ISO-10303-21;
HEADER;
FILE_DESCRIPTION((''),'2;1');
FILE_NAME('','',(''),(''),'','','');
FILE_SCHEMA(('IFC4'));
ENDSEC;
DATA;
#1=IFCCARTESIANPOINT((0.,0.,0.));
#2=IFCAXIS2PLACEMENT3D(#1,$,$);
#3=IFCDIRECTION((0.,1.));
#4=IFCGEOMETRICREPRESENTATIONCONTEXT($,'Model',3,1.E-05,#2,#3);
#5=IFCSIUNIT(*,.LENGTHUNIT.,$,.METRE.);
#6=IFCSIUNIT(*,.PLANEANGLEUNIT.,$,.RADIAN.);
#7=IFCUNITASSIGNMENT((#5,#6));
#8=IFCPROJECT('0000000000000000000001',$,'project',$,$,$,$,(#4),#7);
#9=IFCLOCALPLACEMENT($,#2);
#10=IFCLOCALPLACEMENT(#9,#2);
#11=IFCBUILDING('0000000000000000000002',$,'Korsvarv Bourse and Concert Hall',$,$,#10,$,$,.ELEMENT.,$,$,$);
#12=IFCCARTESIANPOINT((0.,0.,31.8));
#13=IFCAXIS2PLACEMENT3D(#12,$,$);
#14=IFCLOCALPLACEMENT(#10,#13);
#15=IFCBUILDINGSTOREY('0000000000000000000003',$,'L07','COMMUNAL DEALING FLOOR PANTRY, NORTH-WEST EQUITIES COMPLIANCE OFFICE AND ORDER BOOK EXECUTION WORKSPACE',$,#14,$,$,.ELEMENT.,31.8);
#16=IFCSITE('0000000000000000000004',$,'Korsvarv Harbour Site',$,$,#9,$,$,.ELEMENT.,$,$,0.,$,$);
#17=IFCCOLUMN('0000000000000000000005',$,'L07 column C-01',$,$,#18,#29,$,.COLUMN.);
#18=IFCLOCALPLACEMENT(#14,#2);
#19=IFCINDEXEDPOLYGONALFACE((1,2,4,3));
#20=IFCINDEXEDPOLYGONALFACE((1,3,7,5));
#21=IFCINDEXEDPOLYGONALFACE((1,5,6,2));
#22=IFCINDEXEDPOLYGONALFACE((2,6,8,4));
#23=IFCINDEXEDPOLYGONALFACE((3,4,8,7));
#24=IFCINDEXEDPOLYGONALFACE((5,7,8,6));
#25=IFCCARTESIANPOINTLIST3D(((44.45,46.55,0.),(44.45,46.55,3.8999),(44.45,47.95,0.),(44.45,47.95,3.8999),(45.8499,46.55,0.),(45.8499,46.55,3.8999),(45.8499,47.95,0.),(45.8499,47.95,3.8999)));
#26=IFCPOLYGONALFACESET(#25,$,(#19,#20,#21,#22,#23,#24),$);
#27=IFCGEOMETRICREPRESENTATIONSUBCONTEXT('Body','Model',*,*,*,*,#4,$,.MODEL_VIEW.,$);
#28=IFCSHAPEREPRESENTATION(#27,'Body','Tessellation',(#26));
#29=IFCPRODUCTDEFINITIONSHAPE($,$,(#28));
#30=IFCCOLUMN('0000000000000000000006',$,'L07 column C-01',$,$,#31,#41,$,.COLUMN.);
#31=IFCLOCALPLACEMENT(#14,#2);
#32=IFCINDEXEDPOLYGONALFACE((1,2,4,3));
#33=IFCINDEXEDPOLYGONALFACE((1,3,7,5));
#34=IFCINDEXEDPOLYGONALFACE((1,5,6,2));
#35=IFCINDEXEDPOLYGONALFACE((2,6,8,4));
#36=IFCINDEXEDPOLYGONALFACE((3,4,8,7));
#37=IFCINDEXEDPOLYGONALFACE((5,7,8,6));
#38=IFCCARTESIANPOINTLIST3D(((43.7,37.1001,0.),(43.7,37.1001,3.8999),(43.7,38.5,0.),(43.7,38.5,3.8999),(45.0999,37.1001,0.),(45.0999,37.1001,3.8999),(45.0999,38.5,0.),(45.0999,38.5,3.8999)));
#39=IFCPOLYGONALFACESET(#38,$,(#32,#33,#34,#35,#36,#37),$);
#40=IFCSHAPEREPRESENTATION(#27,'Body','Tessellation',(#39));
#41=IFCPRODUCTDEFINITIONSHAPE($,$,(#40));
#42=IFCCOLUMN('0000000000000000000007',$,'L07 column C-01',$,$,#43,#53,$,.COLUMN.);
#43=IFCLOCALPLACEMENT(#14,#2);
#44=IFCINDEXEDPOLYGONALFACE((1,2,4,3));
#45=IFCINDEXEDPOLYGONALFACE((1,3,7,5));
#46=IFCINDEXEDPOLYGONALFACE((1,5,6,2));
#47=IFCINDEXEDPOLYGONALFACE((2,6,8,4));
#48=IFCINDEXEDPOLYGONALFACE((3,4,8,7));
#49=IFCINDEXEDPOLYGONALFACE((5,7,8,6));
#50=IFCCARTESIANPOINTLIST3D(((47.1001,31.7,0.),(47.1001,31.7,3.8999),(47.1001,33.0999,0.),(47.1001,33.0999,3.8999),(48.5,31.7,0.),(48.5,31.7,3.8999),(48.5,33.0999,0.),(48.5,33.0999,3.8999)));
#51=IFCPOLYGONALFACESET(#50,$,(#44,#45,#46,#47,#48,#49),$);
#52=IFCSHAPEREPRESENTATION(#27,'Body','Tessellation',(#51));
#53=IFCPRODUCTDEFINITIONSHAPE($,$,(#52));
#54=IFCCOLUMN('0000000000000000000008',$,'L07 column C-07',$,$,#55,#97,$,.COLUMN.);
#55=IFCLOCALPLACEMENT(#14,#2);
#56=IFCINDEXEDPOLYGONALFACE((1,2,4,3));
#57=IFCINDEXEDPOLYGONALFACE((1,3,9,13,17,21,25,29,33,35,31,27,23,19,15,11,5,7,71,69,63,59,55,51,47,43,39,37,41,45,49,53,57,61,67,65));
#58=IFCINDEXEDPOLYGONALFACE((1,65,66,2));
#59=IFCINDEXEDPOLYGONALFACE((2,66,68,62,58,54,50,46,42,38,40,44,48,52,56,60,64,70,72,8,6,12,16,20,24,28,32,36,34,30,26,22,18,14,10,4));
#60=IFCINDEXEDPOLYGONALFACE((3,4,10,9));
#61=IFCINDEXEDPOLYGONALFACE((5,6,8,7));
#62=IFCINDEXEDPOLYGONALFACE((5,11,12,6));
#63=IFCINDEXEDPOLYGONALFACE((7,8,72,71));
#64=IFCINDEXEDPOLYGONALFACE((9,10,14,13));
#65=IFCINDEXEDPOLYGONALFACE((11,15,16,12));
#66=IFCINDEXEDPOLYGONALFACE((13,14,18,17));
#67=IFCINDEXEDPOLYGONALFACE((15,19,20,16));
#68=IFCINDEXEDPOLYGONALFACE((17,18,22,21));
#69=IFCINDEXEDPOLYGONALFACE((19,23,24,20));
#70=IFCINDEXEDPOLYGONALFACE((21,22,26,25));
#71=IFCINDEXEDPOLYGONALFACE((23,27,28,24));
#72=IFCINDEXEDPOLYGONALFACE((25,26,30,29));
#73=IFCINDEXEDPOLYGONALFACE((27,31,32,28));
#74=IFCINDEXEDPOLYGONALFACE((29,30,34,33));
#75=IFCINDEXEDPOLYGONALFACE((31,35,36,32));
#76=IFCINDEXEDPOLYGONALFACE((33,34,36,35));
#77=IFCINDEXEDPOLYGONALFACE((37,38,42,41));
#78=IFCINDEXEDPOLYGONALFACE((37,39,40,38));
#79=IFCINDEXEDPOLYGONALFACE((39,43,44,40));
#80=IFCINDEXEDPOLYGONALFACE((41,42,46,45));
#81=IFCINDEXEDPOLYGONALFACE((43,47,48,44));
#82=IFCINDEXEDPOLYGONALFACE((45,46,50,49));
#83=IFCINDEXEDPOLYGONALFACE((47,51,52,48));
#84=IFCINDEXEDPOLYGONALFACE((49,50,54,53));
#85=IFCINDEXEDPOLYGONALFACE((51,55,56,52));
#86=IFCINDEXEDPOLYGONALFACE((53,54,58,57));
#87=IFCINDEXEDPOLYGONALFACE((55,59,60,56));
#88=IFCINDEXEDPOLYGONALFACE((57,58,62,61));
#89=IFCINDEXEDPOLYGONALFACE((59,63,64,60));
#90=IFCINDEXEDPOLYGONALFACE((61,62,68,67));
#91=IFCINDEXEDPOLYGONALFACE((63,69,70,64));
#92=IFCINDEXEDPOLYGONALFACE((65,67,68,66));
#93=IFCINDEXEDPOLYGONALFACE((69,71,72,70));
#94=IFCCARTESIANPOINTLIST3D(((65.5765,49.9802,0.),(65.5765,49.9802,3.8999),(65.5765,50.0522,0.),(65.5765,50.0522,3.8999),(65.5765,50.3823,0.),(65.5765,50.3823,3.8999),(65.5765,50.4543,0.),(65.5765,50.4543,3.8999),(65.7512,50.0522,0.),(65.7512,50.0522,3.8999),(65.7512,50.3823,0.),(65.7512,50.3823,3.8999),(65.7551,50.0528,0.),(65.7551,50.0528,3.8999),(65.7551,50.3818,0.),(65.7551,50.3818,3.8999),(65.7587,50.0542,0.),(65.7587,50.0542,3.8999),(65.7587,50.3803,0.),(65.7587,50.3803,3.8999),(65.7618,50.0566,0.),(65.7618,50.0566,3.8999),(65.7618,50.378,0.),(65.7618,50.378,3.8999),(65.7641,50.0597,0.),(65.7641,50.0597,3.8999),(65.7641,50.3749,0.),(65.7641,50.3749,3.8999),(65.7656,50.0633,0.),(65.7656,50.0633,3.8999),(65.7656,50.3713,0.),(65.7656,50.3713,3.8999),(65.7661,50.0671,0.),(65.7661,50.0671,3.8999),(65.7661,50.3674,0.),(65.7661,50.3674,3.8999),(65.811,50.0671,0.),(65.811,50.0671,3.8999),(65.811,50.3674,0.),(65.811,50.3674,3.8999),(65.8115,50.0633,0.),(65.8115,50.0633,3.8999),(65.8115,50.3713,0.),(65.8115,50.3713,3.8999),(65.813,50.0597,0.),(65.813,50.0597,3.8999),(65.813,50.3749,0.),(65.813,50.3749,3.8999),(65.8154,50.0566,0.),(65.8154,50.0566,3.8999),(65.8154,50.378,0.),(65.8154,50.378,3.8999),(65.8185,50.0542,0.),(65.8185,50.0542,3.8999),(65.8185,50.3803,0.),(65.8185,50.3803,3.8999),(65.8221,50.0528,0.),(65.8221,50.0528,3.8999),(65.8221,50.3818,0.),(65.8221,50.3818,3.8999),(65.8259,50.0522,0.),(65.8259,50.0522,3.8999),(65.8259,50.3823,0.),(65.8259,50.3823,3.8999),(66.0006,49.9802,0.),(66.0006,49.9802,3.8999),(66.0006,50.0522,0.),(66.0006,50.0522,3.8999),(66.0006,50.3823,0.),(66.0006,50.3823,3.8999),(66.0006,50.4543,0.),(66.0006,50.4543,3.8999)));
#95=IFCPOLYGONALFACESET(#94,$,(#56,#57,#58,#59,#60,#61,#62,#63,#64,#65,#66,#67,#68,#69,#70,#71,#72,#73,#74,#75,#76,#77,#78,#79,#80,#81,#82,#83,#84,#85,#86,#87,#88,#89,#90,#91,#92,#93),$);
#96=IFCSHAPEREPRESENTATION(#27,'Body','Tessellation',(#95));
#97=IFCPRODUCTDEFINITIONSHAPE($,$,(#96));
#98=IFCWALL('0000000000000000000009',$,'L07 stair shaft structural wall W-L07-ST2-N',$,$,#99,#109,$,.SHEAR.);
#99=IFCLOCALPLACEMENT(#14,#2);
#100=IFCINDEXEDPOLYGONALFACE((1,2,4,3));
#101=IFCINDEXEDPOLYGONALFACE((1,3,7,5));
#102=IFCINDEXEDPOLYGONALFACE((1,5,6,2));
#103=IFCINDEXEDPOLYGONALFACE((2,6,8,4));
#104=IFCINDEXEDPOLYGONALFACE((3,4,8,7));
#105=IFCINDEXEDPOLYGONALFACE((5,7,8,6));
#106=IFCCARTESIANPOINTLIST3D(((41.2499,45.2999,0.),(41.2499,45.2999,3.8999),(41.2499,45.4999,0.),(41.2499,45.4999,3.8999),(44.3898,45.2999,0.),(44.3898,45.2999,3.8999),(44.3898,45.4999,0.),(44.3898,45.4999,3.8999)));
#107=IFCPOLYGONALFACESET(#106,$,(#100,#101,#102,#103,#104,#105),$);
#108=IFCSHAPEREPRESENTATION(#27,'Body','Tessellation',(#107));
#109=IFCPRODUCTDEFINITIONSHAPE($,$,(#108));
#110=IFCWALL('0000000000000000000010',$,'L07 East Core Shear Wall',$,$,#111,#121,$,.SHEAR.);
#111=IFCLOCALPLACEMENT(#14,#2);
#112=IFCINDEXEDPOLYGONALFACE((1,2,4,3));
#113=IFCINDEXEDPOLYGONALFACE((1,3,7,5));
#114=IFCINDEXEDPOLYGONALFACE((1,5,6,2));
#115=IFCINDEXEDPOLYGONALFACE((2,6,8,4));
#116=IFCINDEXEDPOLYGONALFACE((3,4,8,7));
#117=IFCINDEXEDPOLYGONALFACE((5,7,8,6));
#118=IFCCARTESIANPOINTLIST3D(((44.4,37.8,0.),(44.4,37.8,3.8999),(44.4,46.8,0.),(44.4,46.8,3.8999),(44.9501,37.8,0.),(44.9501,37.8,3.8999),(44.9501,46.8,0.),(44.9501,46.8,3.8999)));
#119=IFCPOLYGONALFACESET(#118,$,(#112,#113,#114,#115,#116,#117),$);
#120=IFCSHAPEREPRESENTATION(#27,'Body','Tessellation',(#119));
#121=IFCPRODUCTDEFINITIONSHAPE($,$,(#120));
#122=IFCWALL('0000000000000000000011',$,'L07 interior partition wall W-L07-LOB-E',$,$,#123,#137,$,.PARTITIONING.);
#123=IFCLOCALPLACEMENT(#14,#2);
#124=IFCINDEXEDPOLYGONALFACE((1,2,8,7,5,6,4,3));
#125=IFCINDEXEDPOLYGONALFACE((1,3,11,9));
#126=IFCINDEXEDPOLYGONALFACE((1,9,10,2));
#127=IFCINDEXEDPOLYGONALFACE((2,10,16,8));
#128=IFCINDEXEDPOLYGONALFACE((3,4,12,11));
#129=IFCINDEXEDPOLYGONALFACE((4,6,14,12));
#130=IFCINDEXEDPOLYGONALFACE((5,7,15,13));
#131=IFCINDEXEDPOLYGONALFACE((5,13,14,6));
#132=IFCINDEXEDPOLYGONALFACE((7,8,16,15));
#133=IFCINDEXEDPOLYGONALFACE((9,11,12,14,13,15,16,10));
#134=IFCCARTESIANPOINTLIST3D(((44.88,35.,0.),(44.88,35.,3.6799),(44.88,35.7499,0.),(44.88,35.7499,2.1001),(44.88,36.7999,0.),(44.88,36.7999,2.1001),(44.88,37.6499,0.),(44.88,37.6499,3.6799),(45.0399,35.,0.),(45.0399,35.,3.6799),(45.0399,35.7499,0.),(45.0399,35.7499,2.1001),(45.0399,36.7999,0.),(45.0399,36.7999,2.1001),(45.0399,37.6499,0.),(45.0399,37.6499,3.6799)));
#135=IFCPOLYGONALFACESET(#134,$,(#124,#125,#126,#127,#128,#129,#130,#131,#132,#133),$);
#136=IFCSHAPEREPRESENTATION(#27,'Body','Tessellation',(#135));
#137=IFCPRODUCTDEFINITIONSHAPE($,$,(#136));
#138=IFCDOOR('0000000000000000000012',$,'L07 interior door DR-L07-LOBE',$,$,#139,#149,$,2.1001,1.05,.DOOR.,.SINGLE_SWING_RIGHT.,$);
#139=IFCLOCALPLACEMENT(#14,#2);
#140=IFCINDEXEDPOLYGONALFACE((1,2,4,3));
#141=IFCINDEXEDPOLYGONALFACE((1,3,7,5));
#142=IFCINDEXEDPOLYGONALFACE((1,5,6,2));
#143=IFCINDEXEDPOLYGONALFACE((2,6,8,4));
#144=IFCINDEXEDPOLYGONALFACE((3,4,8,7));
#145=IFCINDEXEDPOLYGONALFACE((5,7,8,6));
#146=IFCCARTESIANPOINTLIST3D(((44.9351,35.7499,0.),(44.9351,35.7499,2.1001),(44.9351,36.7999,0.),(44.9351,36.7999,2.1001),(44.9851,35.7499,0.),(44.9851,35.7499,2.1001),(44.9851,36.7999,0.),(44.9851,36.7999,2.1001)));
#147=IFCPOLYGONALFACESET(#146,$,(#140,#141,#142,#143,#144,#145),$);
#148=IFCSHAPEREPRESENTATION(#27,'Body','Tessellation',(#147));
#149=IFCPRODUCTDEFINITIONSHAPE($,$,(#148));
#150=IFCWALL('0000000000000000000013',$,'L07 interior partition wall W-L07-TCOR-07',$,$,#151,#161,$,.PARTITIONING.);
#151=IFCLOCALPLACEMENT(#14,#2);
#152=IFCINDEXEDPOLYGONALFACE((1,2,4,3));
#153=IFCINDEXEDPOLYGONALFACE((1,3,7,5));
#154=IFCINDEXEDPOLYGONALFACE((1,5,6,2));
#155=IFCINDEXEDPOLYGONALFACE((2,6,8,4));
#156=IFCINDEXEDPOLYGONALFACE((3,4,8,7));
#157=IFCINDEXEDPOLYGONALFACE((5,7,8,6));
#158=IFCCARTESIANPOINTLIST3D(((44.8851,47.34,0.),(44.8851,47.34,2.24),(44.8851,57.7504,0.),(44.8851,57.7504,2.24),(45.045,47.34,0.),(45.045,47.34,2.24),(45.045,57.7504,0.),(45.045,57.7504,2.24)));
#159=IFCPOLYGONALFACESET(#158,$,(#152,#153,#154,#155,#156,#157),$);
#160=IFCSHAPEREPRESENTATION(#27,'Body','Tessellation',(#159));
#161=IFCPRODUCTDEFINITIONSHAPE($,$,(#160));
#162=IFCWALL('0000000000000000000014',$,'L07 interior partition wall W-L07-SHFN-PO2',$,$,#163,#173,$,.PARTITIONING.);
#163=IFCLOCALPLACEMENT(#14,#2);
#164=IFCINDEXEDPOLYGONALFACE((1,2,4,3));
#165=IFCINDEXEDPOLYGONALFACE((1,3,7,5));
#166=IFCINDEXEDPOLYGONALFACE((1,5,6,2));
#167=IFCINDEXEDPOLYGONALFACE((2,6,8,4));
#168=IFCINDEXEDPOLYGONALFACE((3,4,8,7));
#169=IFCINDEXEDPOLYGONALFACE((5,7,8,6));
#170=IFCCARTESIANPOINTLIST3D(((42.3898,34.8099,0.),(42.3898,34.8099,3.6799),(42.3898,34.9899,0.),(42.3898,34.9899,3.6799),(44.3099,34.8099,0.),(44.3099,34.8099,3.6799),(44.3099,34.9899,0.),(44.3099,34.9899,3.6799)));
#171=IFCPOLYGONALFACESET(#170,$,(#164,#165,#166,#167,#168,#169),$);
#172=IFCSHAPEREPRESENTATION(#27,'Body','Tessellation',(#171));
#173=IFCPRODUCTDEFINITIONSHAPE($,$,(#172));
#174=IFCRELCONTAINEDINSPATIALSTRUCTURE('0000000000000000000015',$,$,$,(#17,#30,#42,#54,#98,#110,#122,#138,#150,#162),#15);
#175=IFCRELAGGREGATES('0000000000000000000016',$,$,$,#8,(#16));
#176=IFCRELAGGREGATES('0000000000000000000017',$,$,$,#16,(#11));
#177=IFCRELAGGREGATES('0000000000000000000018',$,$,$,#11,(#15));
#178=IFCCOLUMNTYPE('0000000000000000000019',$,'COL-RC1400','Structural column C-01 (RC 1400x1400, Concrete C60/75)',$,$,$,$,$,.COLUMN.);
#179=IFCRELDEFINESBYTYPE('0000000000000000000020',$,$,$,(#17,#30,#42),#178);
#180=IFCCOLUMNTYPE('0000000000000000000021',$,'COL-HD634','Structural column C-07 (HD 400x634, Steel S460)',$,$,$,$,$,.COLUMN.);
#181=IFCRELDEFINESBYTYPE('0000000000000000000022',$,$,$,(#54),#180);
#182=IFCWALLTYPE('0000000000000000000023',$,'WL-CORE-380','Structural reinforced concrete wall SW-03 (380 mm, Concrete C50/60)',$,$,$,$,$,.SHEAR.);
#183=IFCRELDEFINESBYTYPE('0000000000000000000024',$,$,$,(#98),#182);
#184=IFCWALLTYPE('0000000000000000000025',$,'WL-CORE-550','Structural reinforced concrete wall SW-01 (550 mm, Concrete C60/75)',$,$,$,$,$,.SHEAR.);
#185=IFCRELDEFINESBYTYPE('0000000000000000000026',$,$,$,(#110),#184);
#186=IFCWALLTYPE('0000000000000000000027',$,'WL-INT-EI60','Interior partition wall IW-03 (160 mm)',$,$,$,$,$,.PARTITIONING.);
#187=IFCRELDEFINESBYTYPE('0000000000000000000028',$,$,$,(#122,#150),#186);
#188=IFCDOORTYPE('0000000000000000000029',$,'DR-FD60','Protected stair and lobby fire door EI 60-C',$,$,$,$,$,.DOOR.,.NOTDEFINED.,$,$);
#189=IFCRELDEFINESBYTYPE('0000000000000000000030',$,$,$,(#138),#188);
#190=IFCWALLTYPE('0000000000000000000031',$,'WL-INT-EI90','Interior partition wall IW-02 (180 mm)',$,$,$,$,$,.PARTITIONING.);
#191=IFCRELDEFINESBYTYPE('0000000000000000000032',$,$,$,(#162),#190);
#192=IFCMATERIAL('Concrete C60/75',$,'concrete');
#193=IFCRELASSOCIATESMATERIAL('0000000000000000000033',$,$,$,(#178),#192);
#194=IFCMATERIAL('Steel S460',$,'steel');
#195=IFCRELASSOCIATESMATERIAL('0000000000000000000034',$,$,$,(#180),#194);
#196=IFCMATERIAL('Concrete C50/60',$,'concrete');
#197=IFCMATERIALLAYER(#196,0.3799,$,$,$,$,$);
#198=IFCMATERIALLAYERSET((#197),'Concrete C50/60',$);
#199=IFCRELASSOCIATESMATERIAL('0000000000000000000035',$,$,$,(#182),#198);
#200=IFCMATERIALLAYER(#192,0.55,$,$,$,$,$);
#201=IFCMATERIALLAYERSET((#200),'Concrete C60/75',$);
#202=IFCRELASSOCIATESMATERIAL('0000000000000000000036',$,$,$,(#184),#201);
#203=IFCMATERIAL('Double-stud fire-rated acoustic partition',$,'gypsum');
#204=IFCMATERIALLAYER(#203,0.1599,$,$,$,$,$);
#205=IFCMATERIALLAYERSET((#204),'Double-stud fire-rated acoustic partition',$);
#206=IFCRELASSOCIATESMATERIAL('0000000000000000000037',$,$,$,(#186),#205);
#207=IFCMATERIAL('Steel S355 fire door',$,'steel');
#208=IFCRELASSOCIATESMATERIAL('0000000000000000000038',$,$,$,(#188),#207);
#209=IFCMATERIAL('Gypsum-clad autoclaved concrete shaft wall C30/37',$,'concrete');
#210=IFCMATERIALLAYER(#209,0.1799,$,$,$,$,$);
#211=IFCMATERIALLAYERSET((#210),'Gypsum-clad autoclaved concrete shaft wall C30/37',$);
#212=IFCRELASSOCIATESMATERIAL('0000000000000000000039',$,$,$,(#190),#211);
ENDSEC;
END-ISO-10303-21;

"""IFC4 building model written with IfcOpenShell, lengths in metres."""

from ifc_helpers import new_model, si_unit, direction, frame, frame_2d, origin, origin_2d, place, context, subcontext, project, spatial, rectangle, i_section, extrude, source, transform, mapped, material, layer, layer_set, material_profile, profile_set, type_object, element, fill, save


model = new_model("IFC4")

# Units and contexts
model_context = context("Model", 3, precision=1e-05, world=origin(), true_north=direction((0.0, 1.0)))
body_context = subcontext(model_context, "Body", "Model", "MODEL_VIEW")
ifc_project = project(units=[si_unit("LENGTHUNIT", "METRE"), si_unit("PLANEANGLEUNIT", "RADIAN")], contexts=[model_context])

# Site, building, storey
site_placement = place(None, origin())
site = spatial("IfcSite", under=ifc_project, at=site_placement, Name="Korsvarv Harbour Site", CompositionType="ELEMENT", RefElevation=0.0)
building_placement = place(site_placement, origin())
building = spatial("IfcBuilding", under=site, at=building_placement, Name="Korsvarv Bourse and Concert Hall", CompositionType="ELEMENT")
storey_placement = place(building_placement, frame((0.0, 0.0, 31.8)))
storey = spatial("IfcBuildingStorey", under=building, at=storey_placement, Name="L07", Description="COMMUNAL DEALING FLOOR PANTRY, NORTH-WEST EQUITIES COMPLIANCE OFFICE AND ORDER BOOK EXECUTION WORKSPACE", CompositionType="ELEMENT", Elevation=31.8)

# Columns
ifc_material_1 = material(Name="Concrete C60/75", Category="concrete")
ifc_material_profile_1 = material_profile(ifc_material_1, rectangle(XDim=1.3999, YDim=1.3999, at=origin_2d()), Name="RC 1400x1400")
ifc_profile_set_1 = profile_set([ifc_material_profile_1], Name="Concrete C60/75")
column_type_1 = type_object("IfcColumnType", Name="COL-RC1400", Description="Structural column C-01 (RC 1400x1400, Concrete C60/75)", PredefinedType="COLUMN", material=ifc_profile_set_1)
shared_shape_1 = source(origin(), body_context, "Body", "SweptSolid", [
    extrude(rectangle(XDim=1.3999, YDim=1.3999, at=origin_2d()), origin(), (0.0, 0.0, 1.0), 3.8999),
])
for number, where, z_axis, x_axis, name in (
    (1, (45.1499, 47.25, 0.0), (0.0, 0.0, 1.0), (1.0, 0.0, 0.0), "L07 column C-01"),
    (2, (44.3999, 37.8, 0.0), (0.0, 0.0, 1.0), (1.0, 0.0, 0.0), "L07 column C-01"),
    (3, (47.8, 32.3999, 0.0), (0.0, 0.0, 1.0), (1.0, 0.0, 0.0), "L07 column C-01"),
):
    element("IfcColumn", number, at=place(storey_placement, frame(where, z_axis=z_axis, x_axis=x_axis)), inside=storey, type_object=column_type_1, Name=name, PredefinedType="COLUMN", context=body_context, shape_type="MappedRepresentation", body=[
        mapped(shared_shape_1, transform((0.0, 0.0, 0.0), scale=1.0)),
    ])
ifc_material_2 = material(Name="Steel S460", Category="steel")
ifc_material_profile_2 = material_profile(ifc_material_2, i_section(OverallWidth=0.4241, OverallDepth=0.4741, WebThickness=0.0449, FlangeThickness=0.072, FilletRadius=0.0149, at=origin_2d()), Name="HD 400x634")
ifc_profile_set_2 = profile_set([ifc_material_profile_2], Name="Steel S460")
column_type_2 = type_object("IfcColumnType", Name="COL-HD634", Description="Structural column C-07 (HD 400x634, Steel S460)", PredefinedType="COLUMN", material=ifc_profile_set_2)
shared_shape_2 = source(origin(), body_context, "Body", "SweptSolid", [
    extrude(i_section(OverallWidth=0.4241, OverallDepth=0.4741, WebThickness=0.0449, FlangeThickness=0.072, FilletRadius=0.0149, at=origin_2d()), origin(), (0.0, 0.0, 1.0), 3.8999),
])
column_placement = place(storey_placement, frame((65.7886, 50.2173, 0.0), z_axis=(0.0, 0.0, 1.0), x_axis=(1.0, 0.0, 0.0)))
element("IfcColumn", 4, at=column_placement, inside=storey, type_object=column_type_2, Name="L07 column C-07", PredefinedType="COLUMN", context=body_context, shape_type="MappedRepresentation", body=[
    mapped(shared_shape_2, transform((0.0, 0.0, 0.0), scale=1.0)),
])

# Walls
ifc_material_3 = material(Name="Concrete C50/60", Category="concrete")
ifc_layer_1 = layer(ifc_material_3, 0.3799)
ifc_layer_set_1 = layer_set([ifc_layer_1], Name="Concrete C50/60")
wall_type_1 = type_object("IfcWallType", Name="WL-CORE-380", Description="Structural reinforced concrete wall SW-03 (380 mm, Concrete C50/60)", PredefinedType="SHEAR", material=ifc_layer_set_1)
wall_1_placement = place(storey_placement, frame((41.25, 45.3999, 0.0), z_axis=(0.0, 0.0, 1.0), x_axis=(1.0, 0.0, 0.0)))
element("IfcWall", 5, at=wall_1_placement, inside=storey, type_object=wall_type_1, Name="L07 stair shaft structural wall W-L07-ST2-N", PredefinedType="SHEAR", context=body_context, shape_type="SweptSolid", body=[
    extrude(rectangle(XDim=3.1399, YDim=0.2, at=frame_2d((1.5698, 0.0))), origin(), (0.0, 0.0, 1.0), 3.8999),
])
ifc_layer_2 = layer(ifc_material_1, 0.55)
ifc_layer_set_2 = layer_set([ifc_layer_2], Name="Concrete C60/75")
wall_type_2 = type_object("IfcWallType", Name="WL-CORE-550", Description="Structural reinforced concrete wall SW-01 (550 mm, Concrete C60/75)", PredefinedType="SHEAR", material=ifc_layer_set_2)
wall_2_placement = place(storey_placement, frame((44.675, 37.8, 0.0), z_axis=(0.0, 0.0, 1.0), x_axis=(0.0, 1.0, 0.0)))
element("IfcWall", 6, at=wall_2_placement, inside=storey, type_object=wall_type_2, Name="L07 East Core Shear Wall", PredefinedType="SHEAR", context=body_context, shape_type="SweptSolid", body=[
    extrude(rectangle(XDim=9.0, YDim=0.55, at=frame_2d((4.5, 0.0))), origin(), (0.0, 0.0, 1.0), 3.8999),
])

# Wall, opening, door
ifc_material_4 = material(Name="Double-stud fire-rated acoustic partition", Category="gypsum")
ifc_layer_3 = layer(ifc_material_4, 0.1599)
ifc_layer_set_3 = layer_set([ifc_layer_3], Name="Double-stud fire-rated acoustic partition")
wall_type_3 = type_object("IfcWallType", Name="WL-INT-EI60", Description="Interior partition wall IW-03 (160 mm)", PredefinedType="PARTITIONING", material=ifc_layer_set_3)
wall_3_placement = place(storey_placement, frame((44.96, 35.0, 0.0), z_axis=(0.0, 0.0, 1.0), x_axis=(0.0, 1.0, 0.0)))
wall_3 = element("IfcWall", 7, at=wall_3_placement, inside=storey, type_object=wall_type_3, Name="L07 interior partition wall W-L07-LOB-E", PredefinedType="PARTITIONING", context=body_context, shape_type="SweptSolid", body=[
    extrude(rectangle(XDim=2.6499, YDim=0.1599, at=frame_2d((1.325, 0.0))), origin(), (0.0, 0.0, 1.0), 3.6799),
])
opening_placement = place(wall_3_placement, frame((0.75, 0.0, 0.0)))
opening = element("IfcOpeningElement", 8, at=opening_placement, cuts=wall_3, PredefinedType="OPENING", context=body_context, shape_type="SweptSolid", body=[
    extrude(rectangle(XDim=1.05, YDim=2.1001, at=frame_2d((0.5249, 1.05))), frame((0.0, 0.0898, 0.0), z_axis=(0.0, -1.0, 0.0), x_axis=(1.0, 0.0, 0.0)), (0.0, 0.0, 1.0), 0.1799),
])
ifc_material_5 = material(Name="Steel S355 fire door", Category="steel")
door_type = type_object("IfcDoorType", Name="DR-FD60", Description="Protected stair and lobby fire door EI 60-C", OperationType="NOTDEFINED", PredefinedType="DOOR", material=ifc_material_5)
door_placement = place(opening_placement, origin())
door = element("IfcDoor", 9, at=door_placement, inside=storey, type_object=door_type, Name="L07 interior door DR-L07-LOBE", OperationType="SINGLE_SWING_RIGHT", OverallHeight=2.1001, OverallWidth=1.05, PredefinedType="DOOR", context=body_context, shape_type="SweptSolid", body=[
    extrude(rectangle(XDim=1.05, YDim=2.1001, at=frame_2d((0.5249, 1.05))), frame((0.0, 0.0249, 0.0), z_axis=(0.0, -1.0, 0.0), x_axis=(1.0, 0.0, 0.0)), (0.0, 0.0, 1.0), 0.05),
])
fill(opening, door)

# Walls
wall_4_placement = place(storey_placement, frame((44.9651, 47.3401, 0.0), z_axis=(0.0, 0.0, 1.0), x_axis=(0.0, 1.0, 0.0)))
element("IfcWall", 10, at=wall_4_placement, inside=storey, type_object=wall_type_3, Name="L07 interior partition wall W-L07-TCOR-07", PredefinedType="PARTITIONING", context=body_context, shape_type="SweptSolid", body=[
    extrude(rectangle(XDim=10.4104, YDim=0.1599, at=frame_2d((5.2051, 0.0))), origin(), (0.0, 0.0, 1.0), 2.24),
])
ifc_material_6 = material(Name="Gypsum-clad autoclaved concrete shaft wall C30/37", Category="concrete")
ifc_layer_4 = layer(ifc_material_6, 0.1799)
ifc_layer_set_4 = layer_set([ifc_layer_4], Name="Gypsum-clad autoclaved concrete shaft wall C30/37")
wall_type_4 = type_object("IfcWallType", Name="WL-INT-EI90", Description="Interior partition wall IW-02 (180 mm)", PredefinedType="PARTITIONING", material=ifc_layer_set_4)
wall_5_placement = place(storey_placement, frame((42.3899, 34.8999, 0.0), z_axis=(0.0, 0.0, 1.0), x_axis=(1.0, 0.0, 0.0)))
element("IfcWall", 11, at=wall_5_placement, inside=storey, type_object=wall_type_4, Name="L07 interior partition wall W-L07-SHFN-PO2", PredefinedType="PARTITIONING", context=body_context, shape_type="SweptSolid", body=[
    extrude(rectangle(XDim=1.9202, YDim=0.1799, at=frame_2d((0.96, 0.0))), origin(), (0.0, 0.0, 1.0), 3.6799),
])

save(model, "model.ifc")
